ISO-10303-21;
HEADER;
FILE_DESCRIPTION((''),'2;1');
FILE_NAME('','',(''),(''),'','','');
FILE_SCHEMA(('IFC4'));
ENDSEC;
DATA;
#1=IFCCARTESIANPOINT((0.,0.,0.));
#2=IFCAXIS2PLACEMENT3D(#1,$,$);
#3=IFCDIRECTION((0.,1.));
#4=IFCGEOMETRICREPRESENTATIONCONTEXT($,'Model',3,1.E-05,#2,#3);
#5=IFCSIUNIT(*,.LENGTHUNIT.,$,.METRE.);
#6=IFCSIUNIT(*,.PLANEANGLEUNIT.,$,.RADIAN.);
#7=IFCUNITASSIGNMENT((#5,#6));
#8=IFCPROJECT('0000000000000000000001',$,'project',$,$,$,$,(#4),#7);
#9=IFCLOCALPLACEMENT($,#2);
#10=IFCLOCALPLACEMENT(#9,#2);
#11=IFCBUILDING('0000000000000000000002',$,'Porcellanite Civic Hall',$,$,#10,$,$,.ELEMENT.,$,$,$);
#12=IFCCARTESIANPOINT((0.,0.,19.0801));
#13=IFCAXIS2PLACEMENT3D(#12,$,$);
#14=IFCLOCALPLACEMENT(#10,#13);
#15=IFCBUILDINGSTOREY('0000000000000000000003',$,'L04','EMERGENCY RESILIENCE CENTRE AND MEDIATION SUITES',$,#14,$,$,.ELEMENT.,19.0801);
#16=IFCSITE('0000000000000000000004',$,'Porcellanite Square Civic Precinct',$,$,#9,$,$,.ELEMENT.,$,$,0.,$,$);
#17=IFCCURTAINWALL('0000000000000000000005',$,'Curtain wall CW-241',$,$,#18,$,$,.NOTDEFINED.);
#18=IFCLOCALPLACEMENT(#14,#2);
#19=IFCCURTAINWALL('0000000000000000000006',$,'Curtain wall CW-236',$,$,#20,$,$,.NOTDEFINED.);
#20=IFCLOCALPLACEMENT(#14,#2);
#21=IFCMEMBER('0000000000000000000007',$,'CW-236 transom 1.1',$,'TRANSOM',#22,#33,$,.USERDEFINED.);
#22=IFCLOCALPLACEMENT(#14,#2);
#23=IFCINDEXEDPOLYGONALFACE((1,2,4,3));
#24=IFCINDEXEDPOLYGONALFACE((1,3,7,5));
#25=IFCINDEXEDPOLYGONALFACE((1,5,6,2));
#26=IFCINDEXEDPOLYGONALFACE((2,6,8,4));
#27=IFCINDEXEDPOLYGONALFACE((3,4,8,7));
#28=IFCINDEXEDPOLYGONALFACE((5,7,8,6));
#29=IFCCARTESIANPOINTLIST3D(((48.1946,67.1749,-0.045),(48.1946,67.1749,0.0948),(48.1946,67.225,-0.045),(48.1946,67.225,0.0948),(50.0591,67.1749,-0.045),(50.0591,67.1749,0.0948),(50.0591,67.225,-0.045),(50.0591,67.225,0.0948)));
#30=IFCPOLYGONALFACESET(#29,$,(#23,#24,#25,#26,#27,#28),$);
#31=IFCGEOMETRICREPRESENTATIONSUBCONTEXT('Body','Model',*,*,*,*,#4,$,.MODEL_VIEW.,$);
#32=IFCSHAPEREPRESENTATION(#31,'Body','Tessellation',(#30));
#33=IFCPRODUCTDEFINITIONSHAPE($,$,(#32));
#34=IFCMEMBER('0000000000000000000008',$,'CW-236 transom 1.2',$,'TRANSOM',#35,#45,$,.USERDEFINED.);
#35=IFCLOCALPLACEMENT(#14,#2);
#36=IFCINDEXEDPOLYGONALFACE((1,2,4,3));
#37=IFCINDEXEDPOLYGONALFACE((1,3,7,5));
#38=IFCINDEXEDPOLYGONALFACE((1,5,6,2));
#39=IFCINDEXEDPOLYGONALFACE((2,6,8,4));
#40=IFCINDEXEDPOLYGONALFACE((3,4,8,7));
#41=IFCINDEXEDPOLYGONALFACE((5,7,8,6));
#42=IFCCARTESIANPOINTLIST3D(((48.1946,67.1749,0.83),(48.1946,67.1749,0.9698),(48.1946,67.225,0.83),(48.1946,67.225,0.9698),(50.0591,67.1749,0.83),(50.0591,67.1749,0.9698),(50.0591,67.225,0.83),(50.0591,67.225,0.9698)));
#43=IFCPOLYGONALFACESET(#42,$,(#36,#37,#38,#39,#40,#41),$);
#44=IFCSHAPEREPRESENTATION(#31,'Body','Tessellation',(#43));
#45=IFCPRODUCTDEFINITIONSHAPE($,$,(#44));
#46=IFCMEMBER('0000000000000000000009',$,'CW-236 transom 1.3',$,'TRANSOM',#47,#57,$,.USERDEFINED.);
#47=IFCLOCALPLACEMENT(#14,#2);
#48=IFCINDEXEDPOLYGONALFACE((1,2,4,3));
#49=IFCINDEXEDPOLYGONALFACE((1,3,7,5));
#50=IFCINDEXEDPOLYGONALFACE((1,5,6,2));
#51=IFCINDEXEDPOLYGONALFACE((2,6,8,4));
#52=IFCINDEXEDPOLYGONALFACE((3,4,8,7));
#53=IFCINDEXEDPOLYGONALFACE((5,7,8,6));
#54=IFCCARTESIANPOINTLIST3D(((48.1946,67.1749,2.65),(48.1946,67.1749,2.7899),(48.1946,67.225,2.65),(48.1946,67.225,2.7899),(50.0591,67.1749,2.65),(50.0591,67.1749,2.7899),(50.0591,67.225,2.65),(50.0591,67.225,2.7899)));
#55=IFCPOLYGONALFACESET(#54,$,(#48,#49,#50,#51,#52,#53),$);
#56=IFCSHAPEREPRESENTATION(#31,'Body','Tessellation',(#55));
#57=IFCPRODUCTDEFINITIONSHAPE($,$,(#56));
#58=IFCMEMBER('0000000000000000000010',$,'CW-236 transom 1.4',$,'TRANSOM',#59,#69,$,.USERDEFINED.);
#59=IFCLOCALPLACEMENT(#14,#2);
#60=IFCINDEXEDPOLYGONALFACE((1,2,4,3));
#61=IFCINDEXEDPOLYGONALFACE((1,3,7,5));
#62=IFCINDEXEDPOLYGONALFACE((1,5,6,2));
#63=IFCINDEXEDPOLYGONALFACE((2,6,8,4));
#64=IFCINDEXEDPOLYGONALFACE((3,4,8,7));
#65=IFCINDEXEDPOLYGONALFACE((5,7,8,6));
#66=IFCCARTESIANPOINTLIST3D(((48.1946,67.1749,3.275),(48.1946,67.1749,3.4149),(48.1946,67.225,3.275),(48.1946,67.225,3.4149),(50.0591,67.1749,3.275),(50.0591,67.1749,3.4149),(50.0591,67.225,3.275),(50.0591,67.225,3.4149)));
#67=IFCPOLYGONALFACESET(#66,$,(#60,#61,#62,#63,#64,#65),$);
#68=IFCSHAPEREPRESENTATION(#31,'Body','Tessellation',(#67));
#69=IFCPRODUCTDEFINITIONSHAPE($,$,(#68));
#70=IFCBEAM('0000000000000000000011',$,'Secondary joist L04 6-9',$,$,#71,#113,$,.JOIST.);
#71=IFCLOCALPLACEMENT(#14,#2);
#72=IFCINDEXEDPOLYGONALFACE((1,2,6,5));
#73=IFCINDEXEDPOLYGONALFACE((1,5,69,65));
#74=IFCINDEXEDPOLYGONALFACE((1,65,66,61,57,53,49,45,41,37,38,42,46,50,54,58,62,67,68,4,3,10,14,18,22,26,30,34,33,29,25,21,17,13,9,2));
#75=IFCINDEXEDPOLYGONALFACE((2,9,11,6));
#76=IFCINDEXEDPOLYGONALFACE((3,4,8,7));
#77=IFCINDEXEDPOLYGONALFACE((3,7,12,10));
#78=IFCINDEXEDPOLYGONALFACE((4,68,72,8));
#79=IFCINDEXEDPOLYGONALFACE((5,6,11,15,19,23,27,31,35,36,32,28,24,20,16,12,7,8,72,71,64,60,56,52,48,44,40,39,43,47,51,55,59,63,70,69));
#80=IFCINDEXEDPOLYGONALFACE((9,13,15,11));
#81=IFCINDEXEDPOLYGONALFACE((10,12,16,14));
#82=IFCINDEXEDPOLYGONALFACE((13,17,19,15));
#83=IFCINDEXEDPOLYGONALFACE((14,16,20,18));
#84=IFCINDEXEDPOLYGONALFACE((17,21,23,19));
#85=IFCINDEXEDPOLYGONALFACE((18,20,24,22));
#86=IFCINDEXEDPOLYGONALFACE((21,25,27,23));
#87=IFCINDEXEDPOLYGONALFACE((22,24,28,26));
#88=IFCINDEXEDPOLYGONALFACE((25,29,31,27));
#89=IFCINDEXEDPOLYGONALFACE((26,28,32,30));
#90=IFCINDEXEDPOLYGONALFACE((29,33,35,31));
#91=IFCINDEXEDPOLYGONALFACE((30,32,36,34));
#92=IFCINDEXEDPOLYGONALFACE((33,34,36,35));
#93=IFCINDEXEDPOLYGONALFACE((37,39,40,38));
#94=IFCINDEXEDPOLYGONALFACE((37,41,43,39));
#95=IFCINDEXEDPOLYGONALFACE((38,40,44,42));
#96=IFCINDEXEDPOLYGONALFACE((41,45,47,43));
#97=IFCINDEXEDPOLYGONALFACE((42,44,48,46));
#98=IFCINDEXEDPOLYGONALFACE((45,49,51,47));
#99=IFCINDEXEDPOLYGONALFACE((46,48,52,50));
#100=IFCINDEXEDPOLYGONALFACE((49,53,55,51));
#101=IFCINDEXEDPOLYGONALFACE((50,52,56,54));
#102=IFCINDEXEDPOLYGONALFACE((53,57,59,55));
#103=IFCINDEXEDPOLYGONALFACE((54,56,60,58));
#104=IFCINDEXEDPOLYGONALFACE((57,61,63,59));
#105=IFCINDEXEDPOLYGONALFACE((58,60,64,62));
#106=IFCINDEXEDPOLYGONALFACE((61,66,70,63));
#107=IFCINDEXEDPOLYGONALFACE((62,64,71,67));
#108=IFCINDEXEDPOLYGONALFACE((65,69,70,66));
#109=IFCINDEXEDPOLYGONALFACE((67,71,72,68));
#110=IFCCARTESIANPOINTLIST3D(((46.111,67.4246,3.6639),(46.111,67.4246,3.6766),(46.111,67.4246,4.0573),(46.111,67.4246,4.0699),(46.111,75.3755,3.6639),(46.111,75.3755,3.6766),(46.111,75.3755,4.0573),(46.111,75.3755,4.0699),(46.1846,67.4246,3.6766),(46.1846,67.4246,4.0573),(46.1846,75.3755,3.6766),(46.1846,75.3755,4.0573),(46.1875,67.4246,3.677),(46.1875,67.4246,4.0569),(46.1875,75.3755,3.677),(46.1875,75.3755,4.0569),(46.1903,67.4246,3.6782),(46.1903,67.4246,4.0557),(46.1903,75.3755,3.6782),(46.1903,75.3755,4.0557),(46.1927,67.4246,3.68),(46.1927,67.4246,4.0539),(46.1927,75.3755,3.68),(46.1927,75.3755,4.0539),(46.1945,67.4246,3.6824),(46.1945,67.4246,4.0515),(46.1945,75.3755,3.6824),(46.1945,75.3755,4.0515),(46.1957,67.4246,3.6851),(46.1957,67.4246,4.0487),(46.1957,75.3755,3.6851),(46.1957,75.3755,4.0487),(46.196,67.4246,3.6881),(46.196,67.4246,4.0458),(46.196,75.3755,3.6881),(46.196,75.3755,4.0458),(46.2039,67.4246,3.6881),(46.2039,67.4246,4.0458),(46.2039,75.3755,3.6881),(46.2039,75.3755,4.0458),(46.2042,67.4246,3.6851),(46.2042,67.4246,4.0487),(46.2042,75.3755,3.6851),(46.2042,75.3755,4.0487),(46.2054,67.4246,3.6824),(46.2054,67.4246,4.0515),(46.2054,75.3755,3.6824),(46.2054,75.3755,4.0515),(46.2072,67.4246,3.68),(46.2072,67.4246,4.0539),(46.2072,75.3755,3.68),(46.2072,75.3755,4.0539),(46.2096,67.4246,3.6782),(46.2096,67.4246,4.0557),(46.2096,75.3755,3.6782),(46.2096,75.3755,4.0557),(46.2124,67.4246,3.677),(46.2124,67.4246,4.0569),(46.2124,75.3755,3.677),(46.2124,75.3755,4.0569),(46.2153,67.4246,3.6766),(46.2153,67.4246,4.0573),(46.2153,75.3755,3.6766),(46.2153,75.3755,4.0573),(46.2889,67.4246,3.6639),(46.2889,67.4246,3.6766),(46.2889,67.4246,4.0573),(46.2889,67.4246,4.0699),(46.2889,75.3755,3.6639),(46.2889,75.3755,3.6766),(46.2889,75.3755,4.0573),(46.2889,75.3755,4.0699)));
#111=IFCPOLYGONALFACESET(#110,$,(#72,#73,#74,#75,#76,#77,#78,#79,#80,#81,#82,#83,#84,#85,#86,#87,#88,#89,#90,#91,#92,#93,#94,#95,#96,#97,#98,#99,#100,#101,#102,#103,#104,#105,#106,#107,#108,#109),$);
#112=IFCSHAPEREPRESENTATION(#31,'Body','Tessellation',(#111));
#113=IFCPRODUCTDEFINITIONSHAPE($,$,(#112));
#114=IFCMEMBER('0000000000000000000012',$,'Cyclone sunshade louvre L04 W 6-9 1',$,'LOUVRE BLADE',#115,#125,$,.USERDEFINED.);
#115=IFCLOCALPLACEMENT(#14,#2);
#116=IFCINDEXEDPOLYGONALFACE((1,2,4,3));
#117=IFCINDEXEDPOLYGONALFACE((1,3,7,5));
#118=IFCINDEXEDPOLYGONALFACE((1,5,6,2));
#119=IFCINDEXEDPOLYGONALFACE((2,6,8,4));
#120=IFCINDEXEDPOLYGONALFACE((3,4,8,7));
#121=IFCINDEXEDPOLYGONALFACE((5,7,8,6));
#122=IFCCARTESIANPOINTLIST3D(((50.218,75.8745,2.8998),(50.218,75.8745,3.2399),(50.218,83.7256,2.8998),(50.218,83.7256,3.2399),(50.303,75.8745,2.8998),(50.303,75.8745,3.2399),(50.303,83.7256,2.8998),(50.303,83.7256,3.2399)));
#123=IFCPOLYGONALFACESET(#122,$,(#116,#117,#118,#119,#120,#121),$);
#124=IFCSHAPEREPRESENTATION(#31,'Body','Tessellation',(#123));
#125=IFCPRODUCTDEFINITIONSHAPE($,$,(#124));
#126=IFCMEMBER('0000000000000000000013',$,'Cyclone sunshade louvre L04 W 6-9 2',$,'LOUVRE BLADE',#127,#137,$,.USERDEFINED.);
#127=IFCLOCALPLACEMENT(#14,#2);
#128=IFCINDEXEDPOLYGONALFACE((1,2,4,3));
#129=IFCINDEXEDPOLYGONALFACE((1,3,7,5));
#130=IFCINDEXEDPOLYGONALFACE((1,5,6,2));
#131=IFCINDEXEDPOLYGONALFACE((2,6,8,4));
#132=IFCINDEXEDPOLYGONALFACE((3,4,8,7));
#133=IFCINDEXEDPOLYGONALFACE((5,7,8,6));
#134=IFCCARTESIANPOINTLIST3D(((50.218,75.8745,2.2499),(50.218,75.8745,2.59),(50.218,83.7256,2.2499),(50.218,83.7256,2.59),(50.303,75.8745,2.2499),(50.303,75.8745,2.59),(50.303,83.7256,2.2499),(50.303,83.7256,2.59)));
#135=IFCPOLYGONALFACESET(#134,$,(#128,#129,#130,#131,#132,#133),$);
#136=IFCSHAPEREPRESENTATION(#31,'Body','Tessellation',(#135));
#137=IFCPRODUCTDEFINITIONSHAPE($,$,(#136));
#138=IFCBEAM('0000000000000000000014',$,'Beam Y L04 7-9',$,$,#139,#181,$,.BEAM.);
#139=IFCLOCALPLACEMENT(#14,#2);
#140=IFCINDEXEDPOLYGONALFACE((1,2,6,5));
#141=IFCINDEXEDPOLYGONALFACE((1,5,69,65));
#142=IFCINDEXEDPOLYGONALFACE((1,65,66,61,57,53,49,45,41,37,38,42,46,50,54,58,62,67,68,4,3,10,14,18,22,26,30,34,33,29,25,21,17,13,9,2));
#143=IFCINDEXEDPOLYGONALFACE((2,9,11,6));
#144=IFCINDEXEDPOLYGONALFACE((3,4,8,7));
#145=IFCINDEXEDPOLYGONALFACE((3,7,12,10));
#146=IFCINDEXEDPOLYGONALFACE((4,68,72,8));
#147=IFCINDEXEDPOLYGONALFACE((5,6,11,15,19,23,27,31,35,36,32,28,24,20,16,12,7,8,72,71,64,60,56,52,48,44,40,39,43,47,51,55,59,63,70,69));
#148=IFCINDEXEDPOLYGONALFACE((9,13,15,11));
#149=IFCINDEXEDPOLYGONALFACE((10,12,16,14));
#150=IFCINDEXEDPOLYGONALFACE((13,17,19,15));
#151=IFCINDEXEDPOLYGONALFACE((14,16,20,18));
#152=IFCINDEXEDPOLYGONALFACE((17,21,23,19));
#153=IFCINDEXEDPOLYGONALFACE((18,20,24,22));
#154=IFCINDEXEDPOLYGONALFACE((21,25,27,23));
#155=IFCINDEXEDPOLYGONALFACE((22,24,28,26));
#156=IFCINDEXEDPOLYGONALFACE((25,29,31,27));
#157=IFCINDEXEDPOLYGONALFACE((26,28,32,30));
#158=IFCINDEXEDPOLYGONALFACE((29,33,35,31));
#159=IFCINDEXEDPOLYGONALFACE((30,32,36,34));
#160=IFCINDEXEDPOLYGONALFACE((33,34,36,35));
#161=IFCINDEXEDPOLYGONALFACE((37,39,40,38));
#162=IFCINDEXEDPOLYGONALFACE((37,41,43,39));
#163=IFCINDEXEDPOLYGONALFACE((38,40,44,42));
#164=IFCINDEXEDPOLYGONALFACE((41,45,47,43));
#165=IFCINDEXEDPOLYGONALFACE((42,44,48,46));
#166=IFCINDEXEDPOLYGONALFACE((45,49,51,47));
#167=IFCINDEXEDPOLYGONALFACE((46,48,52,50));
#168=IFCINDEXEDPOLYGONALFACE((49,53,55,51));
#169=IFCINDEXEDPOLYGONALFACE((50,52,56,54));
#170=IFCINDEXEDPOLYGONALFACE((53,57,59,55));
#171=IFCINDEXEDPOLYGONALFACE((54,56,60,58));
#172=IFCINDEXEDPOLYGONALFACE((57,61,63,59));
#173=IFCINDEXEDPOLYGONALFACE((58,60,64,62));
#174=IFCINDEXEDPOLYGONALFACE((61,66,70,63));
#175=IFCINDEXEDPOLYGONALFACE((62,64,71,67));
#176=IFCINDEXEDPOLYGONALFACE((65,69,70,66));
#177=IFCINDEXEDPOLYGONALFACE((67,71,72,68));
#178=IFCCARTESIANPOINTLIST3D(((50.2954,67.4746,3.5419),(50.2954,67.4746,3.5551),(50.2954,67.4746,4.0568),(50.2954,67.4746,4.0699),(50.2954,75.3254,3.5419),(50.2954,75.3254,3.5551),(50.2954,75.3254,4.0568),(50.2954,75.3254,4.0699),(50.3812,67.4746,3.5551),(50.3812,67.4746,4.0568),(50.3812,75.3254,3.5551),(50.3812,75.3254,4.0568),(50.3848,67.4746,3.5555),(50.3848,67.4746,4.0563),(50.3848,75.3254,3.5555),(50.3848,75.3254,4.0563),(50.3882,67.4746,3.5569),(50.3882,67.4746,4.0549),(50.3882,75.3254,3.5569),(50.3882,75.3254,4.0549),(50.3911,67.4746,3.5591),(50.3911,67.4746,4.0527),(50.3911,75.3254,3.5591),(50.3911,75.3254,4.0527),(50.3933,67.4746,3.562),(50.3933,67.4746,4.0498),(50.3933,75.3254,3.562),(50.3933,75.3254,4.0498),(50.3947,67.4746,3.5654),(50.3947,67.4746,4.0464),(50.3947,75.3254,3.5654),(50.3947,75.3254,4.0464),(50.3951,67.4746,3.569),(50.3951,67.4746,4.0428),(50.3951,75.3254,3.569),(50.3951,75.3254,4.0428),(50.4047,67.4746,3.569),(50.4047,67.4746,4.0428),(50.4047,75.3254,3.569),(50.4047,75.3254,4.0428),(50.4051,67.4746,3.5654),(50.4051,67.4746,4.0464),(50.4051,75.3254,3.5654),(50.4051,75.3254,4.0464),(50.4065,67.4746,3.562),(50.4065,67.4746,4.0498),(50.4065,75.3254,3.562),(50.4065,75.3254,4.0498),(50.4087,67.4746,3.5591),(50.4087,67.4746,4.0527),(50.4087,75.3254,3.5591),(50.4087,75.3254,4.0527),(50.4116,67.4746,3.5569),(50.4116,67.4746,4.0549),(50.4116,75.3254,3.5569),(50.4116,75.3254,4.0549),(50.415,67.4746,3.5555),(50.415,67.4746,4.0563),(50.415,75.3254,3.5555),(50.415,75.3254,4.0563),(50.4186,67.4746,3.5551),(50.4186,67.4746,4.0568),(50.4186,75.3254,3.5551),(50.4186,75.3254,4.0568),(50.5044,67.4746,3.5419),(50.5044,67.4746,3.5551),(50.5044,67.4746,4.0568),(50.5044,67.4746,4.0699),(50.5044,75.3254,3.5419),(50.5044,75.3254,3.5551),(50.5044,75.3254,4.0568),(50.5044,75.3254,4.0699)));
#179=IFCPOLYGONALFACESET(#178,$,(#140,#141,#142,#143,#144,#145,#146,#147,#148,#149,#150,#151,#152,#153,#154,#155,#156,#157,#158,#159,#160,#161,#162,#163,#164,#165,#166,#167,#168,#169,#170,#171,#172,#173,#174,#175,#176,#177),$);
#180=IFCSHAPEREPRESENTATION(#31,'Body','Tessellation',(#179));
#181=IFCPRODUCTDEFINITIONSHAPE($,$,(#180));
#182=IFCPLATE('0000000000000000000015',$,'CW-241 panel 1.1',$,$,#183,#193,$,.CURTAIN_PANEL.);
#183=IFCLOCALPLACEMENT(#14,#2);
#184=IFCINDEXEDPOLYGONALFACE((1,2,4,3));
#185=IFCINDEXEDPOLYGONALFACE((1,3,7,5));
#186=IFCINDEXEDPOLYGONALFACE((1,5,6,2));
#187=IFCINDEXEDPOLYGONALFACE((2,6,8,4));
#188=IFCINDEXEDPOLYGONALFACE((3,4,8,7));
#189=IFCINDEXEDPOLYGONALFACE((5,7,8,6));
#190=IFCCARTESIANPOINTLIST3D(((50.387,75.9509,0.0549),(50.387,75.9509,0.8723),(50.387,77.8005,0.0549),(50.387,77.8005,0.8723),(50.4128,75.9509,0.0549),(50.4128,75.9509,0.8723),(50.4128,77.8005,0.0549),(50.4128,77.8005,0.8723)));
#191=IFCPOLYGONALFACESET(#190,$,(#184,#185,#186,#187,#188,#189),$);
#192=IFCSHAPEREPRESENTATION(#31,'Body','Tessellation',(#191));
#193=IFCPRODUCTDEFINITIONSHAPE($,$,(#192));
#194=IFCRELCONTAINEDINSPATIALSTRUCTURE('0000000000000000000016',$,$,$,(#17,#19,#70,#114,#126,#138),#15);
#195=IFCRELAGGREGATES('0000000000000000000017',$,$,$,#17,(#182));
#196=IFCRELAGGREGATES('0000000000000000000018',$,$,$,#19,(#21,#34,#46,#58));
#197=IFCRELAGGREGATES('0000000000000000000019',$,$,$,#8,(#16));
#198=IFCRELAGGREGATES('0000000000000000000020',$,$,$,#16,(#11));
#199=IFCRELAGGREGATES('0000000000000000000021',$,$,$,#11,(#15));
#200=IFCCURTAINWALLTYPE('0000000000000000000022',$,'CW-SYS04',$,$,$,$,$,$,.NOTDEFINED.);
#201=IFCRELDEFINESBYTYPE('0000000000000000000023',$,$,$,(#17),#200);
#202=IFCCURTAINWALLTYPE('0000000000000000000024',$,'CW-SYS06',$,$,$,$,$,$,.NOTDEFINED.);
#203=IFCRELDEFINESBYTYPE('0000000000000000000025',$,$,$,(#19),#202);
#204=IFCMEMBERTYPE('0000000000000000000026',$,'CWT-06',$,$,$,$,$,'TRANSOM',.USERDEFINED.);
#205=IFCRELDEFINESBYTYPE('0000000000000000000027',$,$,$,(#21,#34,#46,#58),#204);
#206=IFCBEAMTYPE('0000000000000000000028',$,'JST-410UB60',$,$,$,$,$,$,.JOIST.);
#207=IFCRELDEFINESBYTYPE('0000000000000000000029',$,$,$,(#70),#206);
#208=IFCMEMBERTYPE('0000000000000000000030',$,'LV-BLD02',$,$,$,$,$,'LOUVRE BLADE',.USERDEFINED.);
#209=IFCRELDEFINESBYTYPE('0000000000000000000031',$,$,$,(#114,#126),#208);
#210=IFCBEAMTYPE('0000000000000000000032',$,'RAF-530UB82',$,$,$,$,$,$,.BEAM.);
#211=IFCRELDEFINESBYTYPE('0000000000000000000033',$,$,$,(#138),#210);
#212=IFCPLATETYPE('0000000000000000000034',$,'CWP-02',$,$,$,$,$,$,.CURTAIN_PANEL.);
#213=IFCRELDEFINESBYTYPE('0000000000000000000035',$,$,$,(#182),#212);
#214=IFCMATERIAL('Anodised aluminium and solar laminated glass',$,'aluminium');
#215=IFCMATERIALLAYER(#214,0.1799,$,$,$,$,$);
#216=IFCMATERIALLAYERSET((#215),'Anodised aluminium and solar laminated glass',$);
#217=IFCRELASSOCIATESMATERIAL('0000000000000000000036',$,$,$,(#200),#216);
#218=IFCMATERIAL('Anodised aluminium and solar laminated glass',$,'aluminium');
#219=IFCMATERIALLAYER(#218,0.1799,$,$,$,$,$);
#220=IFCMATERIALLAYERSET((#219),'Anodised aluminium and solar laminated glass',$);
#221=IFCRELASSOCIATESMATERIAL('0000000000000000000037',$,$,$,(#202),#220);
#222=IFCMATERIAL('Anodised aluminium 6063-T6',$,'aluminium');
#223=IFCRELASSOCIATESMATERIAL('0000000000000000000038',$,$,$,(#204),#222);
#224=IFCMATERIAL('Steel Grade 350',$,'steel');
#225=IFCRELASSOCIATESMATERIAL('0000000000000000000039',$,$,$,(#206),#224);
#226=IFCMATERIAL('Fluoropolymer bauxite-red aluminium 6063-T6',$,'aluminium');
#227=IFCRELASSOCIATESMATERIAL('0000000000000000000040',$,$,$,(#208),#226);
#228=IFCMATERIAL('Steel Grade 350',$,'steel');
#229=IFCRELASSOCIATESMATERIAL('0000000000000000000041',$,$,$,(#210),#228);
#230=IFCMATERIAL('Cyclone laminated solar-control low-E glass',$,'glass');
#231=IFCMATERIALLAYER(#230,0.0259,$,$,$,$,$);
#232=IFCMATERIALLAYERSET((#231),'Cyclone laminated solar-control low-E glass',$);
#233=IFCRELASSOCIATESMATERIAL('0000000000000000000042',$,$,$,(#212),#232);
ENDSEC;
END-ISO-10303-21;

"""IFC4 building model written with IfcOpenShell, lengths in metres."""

from ifc_helpers import new_model, si_unit, direction, frame, origin, origin_2d, place, context, subcontext, project, spatial, rectangle, i_section, extrude, material, layer, layer_set, material_profile, profile_set, type_object, element, aggregate, save


model = new_model("IFC4")

# Units and contexts
model_context = context("Model", 3, precision=1e-05, world=origin(), true_north=direction((0.0, 1.0)))
body_context = subcontext(model_context, "Body", "Model", "MODEL_VIEW")
ifc_project = project(units=[si_unit("LENGTHUNIT", "METRE"), si_unit("PLANEANGLEUNIT", "RADIAN")], contexts=[model_context])

# Site, building, storey
site_placement = place(None, origin())
site = spatial("IfcSite", under=ifc_project, at=site_placement, Name="Porcellanite Square Civic Precinct", CompositionType="ELEMENT", RefElevation=0.0)
building_placement = place(site_placement, origin())
building = spatial("IfcBuilding", under=site, at=building_placement, Name="Porcellanite Civic Hall", CompositionType="ELEMENT")
storey_placement = place(building_placement, frame((0.0, 0.0, 19.0801)))
storey = spatial("IfcBuildingStorey", under=building, at=storey_placement, Name="L04", Description="EMERGENCY RESILIENCE CENTRE AND MEDIATION SUITES", CompositionType="ELEMENT", Elevation=19.0801)

# Curtain wall
ifc_material_1 = material(Name="Anodised aluminium and solar laminated glass", Category="aluminium")
ifc_layer_1 = layer(ifc_material_1, 0.1799)
ifc_layer_set_1 = layer_set([ifc_layer_1], Name="Anodised aluminium and solar laminated glass")
curtain_wall_type_1 = type_object("IfcCurtainWallType", Name="CW-SYS04", PredefinedType="NOTDEFINED", material=ifc_layer_set_1)
curtain_wall_1_placement = place(storey_placement, origin())
curtain_wall_1 = element("IfcCurtainWall", 1, at=curtain_wall_1_placement, inside=storey, type_object=curtain_wall_type_1, Name="Curtain wall CW-241", PredefinedType="NOTDEFINED")

# Curtain wall
ifc_material_2 = material(Name="Anodised aluminium and solar laminated glass", Category="aluminium")
ifc_layer_2 = layer(ifc_material_2, 0.1799)
ifc_layer_set_2 = layer_set([ifc_layer_2], Name="Anodised aluminium and solar laminated glass")
curtain_wall_type_2 = type_object("IfcCurtainWallType", Name="CW-SYS06", PredefinedType="NOTDEFINED", material=ifc_layer_set_2)
curtain_wall_2_placement = place(storey_placement, origin())
curtain_wall_2 = element("IfcCurtainWall", 2, at=curtain_wall_2_placement, inside=storey, type_object=curtain_wall_type_2, Name="Curtain wall CW-236", PredefinedType="NOTDEFINED")

# Members
ifc_material_3 = material(Name="Anodised aluminium 6063-T6", Category="aluminium")
ifc_material_profile_1 = material_profile(ifc_material_3, rectangle(XDim=0.05, YDim=0.1399, at=origin_2d()), Name="AL-50x140")
ifc_profile_set_1 = profile_set([ifc_material_profile_1], Name="Anodised aluminium 6063-T6")
member_type_1 = type_object("IfcMemberType", Name="CWT-06", ElementType="TRANSOM", PredefinedType="USERDEFINED", material=ifc_profile_set_1)
member_1_placement = place(storey_placement, frame((50.0591, 67.2, 0.0249), z_axis=(-1.0, 0.0, 0.0), x_axis=(0.0, -1.0, 0.0)))
member_1 = element("IfcMember", 3, at=member_1_placement, type_object=member_type_1, Name="CW-236 transom 1.1", ObjectType="TRANSOM", PredefinedType="USERDEFINED", context=body_context, shape_type="SweptSolid", body=[
    extrude(rectangle(XDim=0.05, YDim=0.1399, at=origin_2d()), origin(), (0.0, 0.0, 1.0), 1.8645),
])
member_2_placement = place(storey_placement, frame((50.0591, 67.2, 0.8999), z_axis=(-1.0, 0.0, 0.0), x_axis=(0.0, -1.0, 0.0)))
member_2 = element("IfcMember", 4, at=member_2_placement, type_object=member_type_1, Name="CW-236 transom 1.2", ObjectType="TRANSOM", PredefinedType="USERDEFINED", context=body_context, shape_type="SweptSolid", body=[
    extrude(rectangle(XDim=0.05, YDim=0.1399, at=origin_2d()), origin(), (0.0, 0.0, 1.0), 1.8645),
])
member_3_placement = place(storey_placement, frame((50.0591, 67.2, 2.72), z_axis=(-1.0, 0.0, 0.0), x_axis=(0.0, -1.0, 0.0)))
member_3 = element("IfcMember", 5, at=member_3_placement, type_object=member_type_1, Name="CW-236 transom 1.3", ObjectType="TRANSOM", PredefinedType="USERDEFINED", context=body_context, shape_type="SweptSolid", body=[
    extrude(rectangle(XDim=0.05, YDim=0.1399, at=origin_2d()), origin(), (0.0, 0.0, 1.0), 1.8645),
])
member_4_placement = place(storey_placement, frame((50.0591, 67.2, 3.345), z_axis=(-1.0, 0.0, 0.0), x_axis=(0.0, -1.0, 0.0)))
member_4 = element("IfcMember", 6, at=member_4_placement, type_object=member_type_1, Name="CW-236 transom 1.4", ObjectType="TRANSOM", PredefinedType="USERDEFINED", context=body_context, shape_type="SweptSolid", body=[
    extrude(rectangle(XDim=0.05, YDim=0.1399, at=origin_2d()), origin(), (0.0, 0.0, 1.0), 1.8645),
])

# Beam
ifc_material_4 = material(Name="Steel Grade 350", Category="steel")
ifc_material_profile_2 = material_profile(ifc_material_4, i_section(OverallWidth=0.178, OverallDepth=0.406, WebThickness=0.0078, FlangeThickness=0.0127, FilletRadius=0.0115, at=origin_2d()), Name="410UB59.7")
ifc_profile_set_2 = profile_set([ifc_material_profile_2], Name="Steel Grade 350")
beam_type_1 = type_object("IfcBeamType", Name="JST-410UB60", PredefinedType="JOIST", material=ifc_profile_set_2)
beam_1_placement = place(storey_placement, frame((46.2, 67.4246, 3.8669), z_axis=(0.0, 1.0, 0.0), x_axis=(-1.0, 0.0, 0.0)))
element("IfcBeam", 7, at=beam_1_placement, inside=storey, type_object=beam_type_1, Name="Secondary joist L04 6-9", PredefinedType="JOIST", context=body_context, shape_type="SweptSolid", body=[
    extrude(i_section(OverallWidth=0.178, OverallDepth=0.406, WebThickness=0.0078, FlangeThickness=0.0127, FilletRadius=0.0115, at=origin_2d()), origin(), (0.0, 0.0, 1.0), 7.9509),
])

# Members
ifc_material_5 = material(Name="Fluoropolymer bauxite-red aluminium 6063-T6", Category="aluminium")
ifc_material_profile_3 = material_profile(ifc_material_5, rectangle(XDim=0.085, YDim=0.3401, at=origin_2d()), Name="AL-85x340")
ifc_profile_set_3 = profile_set([ifc_material_profile_3], Name="Fluoropolymer bauxite-red aluminium 6063-T6")
member_type_2 = type_object("IfcMemberType", Name="LV-BLD02", ElementType="LOUVRE BLADE", PredefinedType="USERDEFINED", material=ifc_profile_set_3)
for number, where, z_axis, x_axis, name in (
    (8, (50.2605, 75.8745, 3.0698), (0.0, 1.0, 0.0), (-1.0, 0.0, 0.0), "Cyclone sunshade louvre L04 W 6-9 1"),
    (9, (50.2605, 75.8745, 2.4199), (0.0, 1.0, 0.0), (-1.0, 0.0, 0.0), "Cyclone sunshade louvre L04 W 6-9 2"),
):
    element("IfcMember", number, at=place(storey_placement, frame(where, z_axis=z_axis, x_axis=x_axis)), inside=storey, type_object=member_type_2, Name=name, ObjectType="LOUVRE BLADE", PredefinedType="USERDEFINED", context=body_context, shape_type="SweptSolid", body=[
        extrude(rectangle(XDim=0.085, YDim=0.3401, at=origin_2d()), origin(), (0.0, 0.0, 1.0), 7.8511),
    ])

# Beam
ifc_material_6 = material(Name="Steel Grade 350", Category="steel")
ifc_material_profile_4 = material_profile(ifc_material_6, i_section(OverallWidth=0.209, OverallDepth=0.5281, WebThickness=0.0095, FlangeThickness=0.0132, FilletRadius=0.0139, at=origin_2d()), Name="530UB82.0")
ifc_profile_set_4 = profile_set([ifc_material_profile_4], Name="Steel Grade 350")
beam_type_2 = type_object("IfcBeamType", Name="RAF-530UB82", PredefinedType="BEAM", material=ifc_profile_set_4)
beam_2_placement = place(storey_placement, frame((50.3999, 67.4746, 3.8059), z_axis=(0.0, 1.0, 0.0), x_axis=(-1.0, 0.0, 0.0)))
element("IfcBeam", 10, at=beam_2_placement, inside=storey, type_object=beam_type_2, Name="Beam Y L04 7-9", PredefinedType="BEAM", context=body_context, shape_type="SweptSolid", body=[
    extrude(i_section(OverallWidth=0.209, OverallDepth=0.5281, WebThickness=0.0095, FlangeThickness=0.0132, FilletRadius=0.0139, at=origin_2d()), origin(), (0.0, 0.0, 1.0), 7.8508),
])

# Plate
ifc_material_7 = material(Name="Cyclone laminated solar-control low-E glass", Category="glass")
ifc_layer_3 = layer(ifc_material_7, 0.0259)
ifc_layer_set_3 = layer_set([ifc_layer_3], Name="Cyclone laminated solar-control low-E glass")
plate_type_1 = type_object("IfcPlateType", Name="CWP-02", PredefinedType="CURTAIN_PANEL", material=ifc_layer_set_3)
plate_1_placement = place(storey_placement, frame((50.3999, 76.8757, 0.0549), z_axis=(0.0, 0.0, 1.0), x_axis=(0.0, 1.0, 0.0)))
plate_1 = element("IfcPlate", 11, at=plate_1_placement, type_object=plate_type_1, Name="CW-241 panel 1.1", PredefinedType="CURTAIN_PANEL", context=body_context, shape_type="SweptSolid", body=[
    extrude(rectangle(XDim=1.8496, YDim=0.0259, at=origin_2d()), origin(), (0.0, 0.0, 1.0), 0.8174),
])
aggregate(curtain_wall_1, [plate_1])
aggregate(curtain_wall_2, [member_1, member_2, member_3, member_4])

save(model, "model.ifc")
